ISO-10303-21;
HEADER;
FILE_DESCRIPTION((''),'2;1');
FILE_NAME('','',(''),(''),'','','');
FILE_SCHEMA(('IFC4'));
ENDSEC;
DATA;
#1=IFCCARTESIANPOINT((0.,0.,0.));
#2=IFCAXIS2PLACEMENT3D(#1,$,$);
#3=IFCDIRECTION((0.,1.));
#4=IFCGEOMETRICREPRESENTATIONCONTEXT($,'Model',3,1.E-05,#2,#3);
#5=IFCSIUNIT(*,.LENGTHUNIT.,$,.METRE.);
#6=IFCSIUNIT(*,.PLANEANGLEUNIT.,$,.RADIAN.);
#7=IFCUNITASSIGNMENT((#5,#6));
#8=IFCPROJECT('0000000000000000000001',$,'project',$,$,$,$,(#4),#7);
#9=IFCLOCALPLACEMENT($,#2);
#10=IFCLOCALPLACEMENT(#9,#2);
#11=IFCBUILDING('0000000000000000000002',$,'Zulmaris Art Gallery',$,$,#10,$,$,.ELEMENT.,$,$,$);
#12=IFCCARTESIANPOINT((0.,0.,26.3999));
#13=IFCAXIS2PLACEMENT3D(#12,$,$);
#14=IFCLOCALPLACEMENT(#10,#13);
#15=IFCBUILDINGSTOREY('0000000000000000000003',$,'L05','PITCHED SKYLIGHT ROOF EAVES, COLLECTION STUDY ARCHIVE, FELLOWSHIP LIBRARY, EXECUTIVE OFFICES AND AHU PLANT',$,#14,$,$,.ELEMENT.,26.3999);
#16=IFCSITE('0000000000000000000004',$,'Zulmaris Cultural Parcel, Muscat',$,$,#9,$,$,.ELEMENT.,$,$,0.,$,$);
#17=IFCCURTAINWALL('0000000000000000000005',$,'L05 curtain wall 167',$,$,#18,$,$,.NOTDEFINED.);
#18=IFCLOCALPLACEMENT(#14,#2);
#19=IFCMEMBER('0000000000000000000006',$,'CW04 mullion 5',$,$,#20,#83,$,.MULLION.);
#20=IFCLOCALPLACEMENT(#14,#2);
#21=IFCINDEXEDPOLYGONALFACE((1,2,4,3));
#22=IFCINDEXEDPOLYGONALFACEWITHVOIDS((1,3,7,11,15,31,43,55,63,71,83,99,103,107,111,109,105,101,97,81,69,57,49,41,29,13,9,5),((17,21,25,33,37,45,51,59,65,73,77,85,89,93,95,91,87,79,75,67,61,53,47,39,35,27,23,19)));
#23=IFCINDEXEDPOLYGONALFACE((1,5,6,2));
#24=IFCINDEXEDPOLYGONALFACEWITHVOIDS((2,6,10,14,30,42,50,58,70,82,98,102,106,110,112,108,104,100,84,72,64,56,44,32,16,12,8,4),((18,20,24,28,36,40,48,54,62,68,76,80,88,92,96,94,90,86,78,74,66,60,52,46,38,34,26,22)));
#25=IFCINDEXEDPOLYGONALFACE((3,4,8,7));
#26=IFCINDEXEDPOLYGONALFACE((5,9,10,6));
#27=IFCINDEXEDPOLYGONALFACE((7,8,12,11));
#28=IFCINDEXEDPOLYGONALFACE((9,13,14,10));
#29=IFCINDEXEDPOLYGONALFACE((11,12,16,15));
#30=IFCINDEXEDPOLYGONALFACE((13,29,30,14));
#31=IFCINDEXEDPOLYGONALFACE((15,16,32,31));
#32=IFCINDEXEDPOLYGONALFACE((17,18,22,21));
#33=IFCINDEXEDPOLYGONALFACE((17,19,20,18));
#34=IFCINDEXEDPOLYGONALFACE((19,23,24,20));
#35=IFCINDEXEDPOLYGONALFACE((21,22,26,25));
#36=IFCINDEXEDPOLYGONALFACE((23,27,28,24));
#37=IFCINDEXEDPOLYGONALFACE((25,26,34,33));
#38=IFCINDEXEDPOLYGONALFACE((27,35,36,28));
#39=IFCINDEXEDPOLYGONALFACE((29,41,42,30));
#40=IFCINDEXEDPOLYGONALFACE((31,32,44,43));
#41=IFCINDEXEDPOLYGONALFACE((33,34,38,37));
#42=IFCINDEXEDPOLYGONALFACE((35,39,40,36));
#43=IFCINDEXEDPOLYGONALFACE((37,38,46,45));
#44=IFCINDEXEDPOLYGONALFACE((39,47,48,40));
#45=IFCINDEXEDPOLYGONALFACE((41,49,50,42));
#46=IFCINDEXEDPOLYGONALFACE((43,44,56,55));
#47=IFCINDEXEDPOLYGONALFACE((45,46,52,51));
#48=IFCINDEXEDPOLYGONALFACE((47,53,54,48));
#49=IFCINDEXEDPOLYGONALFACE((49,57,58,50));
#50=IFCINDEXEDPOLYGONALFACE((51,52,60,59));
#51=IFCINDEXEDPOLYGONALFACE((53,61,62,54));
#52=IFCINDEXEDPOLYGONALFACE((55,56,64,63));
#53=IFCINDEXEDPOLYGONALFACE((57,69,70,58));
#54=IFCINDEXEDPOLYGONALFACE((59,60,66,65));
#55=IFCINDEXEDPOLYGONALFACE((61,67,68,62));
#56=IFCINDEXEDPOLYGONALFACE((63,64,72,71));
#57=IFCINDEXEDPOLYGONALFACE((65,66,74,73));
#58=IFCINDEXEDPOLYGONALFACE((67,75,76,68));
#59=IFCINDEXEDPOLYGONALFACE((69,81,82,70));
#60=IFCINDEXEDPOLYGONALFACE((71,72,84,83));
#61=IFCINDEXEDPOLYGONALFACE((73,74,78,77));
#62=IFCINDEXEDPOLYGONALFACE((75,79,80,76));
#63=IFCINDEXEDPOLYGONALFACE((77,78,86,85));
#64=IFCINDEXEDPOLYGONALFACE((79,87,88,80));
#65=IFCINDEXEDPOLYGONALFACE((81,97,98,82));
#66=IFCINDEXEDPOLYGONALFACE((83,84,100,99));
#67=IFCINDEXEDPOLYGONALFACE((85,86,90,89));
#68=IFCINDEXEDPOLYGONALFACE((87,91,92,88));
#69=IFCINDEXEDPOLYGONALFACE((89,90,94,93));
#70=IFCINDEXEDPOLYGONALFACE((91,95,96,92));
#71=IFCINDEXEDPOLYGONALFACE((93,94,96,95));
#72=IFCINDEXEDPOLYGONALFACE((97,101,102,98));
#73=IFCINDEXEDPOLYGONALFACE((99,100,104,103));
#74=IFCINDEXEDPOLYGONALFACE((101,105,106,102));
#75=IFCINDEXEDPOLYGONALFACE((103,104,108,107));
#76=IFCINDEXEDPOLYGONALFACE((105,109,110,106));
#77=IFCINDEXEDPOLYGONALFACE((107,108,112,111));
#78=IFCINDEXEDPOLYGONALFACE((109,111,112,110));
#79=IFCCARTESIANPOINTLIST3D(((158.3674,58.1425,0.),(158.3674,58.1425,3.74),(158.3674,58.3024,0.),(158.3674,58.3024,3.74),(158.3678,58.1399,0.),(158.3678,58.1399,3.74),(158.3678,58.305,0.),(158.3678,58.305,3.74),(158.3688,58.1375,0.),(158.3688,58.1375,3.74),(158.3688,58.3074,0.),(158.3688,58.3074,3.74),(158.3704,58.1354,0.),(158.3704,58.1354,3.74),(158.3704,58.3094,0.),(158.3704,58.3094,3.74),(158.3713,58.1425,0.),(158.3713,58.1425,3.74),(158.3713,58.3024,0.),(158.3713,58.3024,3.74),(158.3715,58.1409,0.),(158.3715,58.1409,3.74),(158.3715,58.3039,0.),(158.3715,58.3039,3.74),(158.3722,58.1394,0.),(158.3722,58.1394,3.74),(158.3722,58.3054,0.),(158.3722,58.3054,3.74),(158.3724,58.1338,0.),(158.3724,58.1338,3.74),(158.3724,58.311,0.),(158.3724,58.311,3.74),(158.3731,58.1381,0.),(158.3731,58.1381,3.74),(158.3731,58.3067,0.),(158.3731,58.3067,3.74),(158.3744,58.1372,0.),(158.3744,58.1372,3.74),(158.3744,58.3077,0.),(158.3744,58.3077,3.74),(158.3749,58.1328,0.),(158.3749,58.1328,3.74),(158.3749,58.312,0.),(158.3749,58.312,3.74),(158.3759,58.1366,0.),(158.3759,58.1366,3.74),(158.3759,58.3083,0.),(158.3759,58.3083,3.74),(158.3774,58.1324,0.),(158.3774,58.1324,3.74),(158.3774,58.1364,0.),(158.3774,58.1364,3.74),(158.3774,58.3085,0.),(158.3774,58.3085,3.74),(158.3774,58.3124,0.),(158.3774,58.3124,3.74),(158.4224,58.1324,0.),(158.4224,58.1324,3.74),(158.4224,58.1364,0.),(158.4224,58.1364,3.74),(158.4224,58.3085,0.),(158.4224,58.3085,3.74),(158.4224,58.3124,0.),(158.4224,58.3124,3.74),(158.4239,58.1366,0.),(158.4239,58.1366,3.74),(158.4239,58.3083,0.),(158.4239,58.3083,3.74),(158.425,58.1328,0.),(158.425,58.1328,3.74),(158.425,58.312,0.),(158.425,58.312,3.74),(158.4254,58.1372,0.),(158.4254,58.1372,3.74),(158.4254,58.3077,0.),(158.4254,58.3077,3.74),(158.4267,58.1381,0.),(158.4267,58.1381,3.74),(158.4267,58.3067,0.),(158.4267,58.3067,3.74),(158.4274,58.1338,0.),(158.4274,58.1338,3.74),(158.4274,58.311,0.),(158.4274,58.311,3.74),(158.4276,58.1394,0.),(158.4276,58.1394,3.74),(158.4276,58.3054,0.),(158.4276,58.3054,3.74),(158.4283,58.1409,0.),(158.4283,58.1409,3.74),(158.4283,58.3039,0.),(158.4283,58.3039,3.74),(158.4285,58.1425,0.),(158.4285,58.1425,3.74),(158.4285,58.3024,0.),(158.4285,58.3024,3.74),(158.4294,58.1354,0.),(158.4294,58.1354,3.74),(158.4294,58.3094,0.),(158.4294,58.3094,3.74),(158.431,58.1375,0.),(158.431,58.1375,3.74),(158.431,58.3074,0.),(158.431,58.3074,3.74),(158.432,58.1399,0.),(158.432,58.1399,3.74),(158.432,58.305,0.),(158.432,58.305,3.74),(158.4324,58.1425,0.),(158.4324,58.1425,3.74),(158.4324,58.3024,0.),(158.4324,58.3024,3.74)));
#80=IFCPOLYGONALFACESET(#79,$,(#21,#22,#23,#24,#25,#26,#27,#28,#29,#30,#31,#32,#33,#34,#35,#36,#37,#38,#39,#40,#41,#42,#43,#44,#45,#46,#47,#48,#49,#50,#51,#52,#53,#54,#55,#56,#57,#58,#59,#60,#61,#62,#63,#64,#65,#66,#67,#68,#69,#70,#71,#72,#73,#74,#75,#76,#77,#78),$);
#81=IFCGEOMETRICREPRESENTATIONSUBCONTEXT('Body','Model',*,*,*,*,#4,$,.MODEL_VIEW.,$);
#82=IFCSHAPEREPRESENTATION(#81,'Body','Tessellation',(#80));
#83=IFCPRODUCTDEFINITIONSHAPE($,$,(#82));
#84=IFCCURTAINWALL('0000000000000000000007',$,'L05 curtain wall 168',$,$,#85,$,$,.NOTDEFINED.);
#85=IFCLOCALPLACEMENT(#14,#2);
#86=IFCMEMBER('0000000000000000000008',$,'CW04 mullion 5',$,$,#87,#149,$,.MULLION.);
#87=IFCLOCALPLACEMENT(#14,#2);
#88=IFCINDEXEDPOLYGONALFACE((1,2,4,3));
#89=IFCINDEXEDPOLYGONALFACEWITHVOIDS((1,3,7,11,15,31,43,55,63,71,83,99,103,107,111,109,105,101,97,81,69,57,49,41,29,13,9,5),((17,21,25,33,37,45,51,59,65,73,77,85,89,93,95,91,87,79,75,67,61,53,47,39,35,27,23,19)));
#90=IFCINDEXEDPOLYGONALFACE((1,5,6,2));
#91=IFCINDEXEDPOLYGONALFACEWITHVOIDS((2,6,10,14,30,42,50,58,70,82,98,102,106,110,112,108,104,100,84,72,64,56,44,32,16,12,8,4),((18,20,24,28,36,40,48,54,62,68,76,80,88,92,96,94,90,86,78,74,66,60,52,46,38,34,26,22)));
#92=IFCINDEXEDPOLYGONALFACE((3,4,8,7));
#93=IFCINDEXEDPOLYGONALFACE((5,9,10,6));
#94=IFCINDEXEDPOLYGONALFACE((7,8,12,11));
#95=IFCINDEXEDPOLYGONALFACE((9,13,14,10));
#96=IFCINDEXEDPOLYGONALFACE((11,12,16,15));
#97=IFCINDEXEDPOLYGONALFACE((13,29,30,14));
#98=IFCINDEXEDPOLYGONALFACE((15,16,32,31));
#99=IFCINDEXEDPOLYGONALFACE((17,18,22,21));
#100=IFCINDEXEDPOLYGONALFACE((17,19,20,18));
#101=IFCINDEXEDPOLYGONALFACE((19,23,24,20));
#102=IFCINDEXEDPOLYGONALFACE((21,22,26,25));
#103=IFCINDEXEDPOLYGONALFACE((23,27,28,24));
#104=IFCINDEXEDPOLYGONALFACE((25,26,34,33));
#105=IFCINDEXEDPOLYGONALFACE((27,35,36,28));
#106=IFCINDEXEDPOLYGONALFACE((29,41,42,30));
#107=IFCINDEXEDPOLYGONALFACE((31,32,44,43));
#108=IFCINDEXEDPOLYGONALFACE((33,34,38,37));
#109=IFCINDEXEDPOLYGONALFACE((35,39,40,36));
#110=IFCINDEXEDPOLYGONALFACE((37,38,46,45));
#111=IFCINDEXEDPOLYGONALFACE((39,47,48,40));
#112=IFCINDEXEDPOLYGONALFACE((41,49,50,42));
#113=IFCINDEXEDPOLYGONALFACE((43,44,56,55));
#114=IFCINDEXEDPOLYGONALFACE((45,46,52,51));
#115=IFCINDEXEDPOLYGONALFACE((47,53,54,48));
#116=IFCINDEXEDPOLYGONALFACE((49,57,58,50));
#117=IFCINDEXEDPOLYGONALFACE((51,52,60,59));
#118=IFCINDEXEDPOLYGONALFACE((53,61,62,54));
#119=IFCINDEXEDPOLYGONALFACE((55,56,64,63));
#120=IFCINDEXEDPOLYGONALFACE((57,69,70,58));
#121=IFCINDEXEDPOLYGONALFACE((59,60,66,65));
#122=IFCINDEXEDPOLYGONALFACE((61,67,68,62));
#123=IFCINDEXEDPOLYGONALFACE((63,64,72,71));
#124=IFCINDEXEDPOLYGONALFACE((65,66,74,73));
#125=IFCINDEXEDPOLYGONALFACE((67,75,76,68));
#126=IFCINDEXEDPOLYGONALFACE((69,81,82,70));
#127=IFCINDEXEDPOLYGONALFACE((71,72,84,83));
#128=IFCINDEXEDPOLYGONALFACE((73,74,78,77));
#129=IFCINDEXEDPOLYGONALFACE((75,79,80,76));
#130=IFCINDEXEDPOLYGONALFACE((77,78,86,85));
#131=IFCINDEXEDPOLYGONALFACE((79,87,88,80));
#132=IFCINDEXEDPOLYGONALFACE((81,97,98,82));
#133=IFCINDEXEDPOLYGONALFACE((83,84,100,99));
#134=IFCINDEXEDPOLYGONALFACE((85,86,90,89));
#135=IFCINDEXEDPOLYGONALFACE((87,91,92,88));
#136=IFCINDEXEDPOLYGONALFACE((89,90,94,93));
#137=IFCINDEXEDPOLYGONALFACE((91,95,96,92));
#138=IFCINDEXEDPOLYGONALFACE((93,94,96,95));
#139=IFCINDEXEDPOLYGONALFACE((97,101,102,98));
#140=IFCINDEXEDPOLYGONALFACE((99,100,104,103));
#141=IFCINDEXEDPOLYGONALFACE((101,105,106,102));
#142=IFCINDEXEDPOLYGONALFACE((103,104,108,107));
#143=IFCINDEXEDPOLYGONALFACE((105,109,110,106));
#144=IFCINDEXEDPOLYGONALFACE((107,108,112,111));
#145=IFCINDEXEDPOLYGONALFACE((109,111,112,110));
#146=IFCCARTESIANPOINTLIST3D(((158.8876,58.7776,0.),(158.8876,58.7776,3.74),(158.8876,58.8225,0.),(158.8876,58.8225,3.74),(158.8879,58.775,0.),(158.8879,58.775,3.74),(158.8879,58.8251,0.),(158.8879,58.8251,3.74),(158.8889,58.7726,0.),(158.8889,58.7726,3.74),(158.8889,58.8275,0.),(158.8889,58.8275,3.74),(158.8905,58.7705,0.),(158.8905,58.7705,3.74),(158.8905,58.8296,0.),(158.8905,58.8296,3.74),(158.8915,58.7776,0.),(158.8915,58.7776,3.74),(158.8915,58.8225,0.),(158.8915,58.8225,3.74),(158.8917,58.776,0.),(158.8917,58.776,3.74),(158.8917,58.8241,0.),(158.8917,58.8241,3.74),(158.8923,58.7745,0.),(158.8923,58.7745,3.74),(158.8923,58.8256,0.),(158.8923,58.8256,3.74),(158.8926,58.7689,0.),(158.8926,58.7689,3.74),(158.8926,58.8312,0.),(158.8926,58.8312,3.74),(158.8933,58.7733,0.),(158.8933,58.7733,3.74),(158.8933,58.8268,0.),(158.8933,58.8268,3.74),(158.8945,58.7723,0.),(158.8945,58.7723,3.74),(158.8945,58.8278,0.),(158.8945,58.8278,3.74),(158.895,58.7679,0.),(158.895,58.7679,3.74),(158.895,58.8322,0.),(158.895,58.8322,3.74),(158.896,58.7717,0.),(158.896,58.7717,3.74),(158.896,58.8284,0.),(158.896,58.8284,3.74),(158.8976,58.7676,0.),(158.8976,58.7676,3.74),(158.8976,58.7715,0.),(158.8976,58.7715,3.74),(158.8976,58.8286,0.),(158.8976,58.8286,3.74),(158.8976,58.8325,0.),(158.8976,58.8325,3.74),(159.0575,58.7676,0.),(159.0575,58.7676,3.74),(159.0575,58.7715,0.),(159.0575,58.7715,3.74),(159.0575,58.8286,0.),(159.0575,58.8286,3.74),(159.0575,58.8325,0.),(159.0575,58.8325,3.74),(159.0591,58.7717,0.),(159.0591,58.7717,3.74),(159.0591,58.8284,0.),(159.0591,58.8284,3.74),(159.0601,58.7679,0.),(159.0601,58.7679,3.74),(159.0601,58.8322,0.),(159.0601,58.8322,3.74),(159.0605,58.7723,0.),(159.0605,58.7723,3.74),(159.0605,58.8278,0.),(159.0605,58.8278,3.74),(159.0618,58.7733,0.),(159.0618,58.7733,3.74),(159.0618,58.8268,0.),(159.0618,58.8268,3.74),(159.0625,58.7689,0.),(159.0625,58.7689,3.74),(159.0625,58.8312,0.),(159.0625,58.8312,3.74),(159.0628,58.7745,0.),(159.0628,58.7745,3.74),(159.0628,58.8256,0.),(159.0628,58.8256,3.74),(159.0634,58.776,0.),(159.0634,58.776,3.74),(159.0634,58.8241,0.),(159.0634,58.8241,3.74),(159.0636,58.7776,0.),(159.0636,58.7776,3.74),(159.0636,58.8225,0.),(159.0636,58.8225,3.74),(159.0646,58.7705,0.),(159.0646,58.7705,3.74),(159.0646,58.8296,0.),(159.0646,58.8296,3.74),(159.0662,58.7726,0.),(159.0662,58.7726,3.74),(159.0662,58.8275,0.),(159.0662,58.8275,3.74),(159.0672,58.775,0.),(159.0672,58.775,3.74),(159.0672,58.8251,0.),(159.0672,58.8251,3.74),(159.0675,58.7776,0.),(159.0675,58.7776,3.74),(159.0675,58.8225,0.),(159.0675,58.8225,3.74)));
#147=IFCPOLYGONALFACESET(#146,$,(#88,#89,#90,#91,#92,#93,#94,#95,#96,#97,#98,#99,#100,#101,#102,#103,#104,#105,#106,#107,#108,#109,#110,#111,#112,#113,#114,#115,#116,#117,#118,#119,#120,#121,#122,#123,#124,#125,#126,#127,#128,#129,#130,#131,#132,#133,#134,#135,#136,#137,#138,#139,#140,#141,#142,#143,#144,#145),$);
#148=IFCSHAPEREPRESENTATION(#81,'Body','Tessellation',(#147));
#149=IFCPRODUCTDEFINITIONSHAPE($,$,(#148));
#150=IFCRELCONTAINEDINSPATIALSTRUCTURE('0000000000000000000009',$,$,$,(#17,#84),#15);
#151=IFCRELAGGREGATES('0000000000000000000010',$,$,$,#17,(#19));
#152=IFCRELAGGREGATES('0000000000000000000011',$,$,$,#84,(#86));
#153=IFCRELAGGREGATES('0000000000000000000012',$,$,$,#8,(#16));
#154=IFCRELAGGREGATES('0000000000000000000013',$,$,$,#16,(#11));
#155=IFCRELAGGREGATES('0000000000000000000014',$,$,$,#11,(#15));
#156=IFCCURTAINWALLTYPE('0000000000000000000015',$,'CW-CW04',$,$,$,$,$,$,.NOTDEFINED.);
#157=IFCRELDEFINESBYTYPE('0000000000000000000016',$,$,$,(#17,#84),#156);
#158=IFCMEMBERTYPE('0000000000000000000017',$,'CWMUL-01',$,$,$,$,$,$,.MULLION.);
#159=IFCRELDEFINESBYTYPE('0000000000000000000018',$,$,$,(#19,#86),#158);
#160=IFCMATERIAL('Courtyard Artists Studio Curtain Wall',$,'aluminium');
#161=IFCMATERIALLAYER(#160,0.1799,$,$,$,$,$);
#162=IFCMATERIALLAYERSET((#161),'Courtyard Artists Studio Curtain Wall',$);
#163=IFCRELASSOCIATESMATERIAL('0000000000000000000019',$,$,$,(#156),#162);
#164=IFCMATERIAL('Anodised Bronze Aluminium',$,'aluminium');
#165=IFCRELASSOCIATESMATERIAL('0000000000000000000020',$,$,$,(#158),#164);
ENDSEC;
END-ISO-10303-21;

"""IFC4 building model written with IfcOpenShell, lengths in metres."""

from ifc_helpers import new_model, si_unit, direction, frame, origin, origin_2d, place, context, subcontext, project, spatial, hollow_rectangle, extrude, material, layer, layer_set, material_profile, profile_set, type_object, element, aggregate, save


model = new_model("IFC4")

# Units and contexts
model_context = context("Model", 3, precision=1e-05, world=origin(), true_north=direction((0.0, 1.0)))
body_context = subcontext(model_context, "Body", "Model", "MODEL_VIEW")
ifc_project = project(units=[si_unit("LENGTHUNIT", "METRE"), si_unit("PLANEANGLEUNIT", "RADIAN")], contexts=[model_context])

# Site, building, storey
site_placement = place(None, origin())
site = spatial("IfcSite", under=ifc_project, at=site_placement, Name="Zulmaris Cultural Parcel, Muscat", CompositionType="ELEMENT", RefElevation=0.0)
building_placement = place(site_placement, origin())
building = spatial("IfcBuilding", under=site, at=building_placement, Name="Zulmaris Art Gallery", CompositionType="ELEMENT")
storey_placement = place(building_placement, frame((0.0, 0.0, 26.3999)))
storey = spatial("IfcBuildingStorey", under=building, at=storey_placement, Name="L05", Description="PITCHED SKYLIGHT ROOF EAVES, COLLECTION STUDY ARCHIVE, FELLOWSHIP LIBRARY, EXECUTIVE OFFICES AND AHU PLANT", CompositionType="ELEMENT", Elevation=26.3999)

# Curtain wall, member
ifc_material_1 = material(Name="Courtyard Artists Studio Curtain Wall", Category="aluminium")
ifc_layer_1 = layer(ifc_material_1, 0.1799)
ifc_layer_set_1 = layer_set([ifc_layer_1], Name="Courtyard Artists Studio Curtain Wall")
curtain_wall_type = type_object("IfcCurtainWallType", Name="CW-CW04", PredefinedType="NOTDEFINED", material=ifc_layer_set_1)
curtain_wall_1_placement = place(storey_placement, origin())
curtain_wall_1 = element("IfcCurtainWall", 1, at=curtain_wall_1_placement, inside=storey, type_object=curtain_wall_type, Name="L05 curtain wall 167", PredefinedType="NOTDEFINED")
ifc_material_2 = material(Name="Anodised Bronze Aluminium", Category="aluminium")
ifc_material_profile_1 = material_profile(ifc_material_2, hollow_rectangle(XDim=0.0649, YDim=0.1799, WallThickness=0.0039, InnerFilletRadius=0.0061, OuterFilletRadius=0.01, at=origin_2d()), Name="ALU 65x180x4")
ifc_profile_set_1 = profile_set([ifc_material_profile_1], Name="Anodised Bronze Aluminium")
member_type_1 = type_object("IfcMemberType", Name="CWMUL-01", PredefinedType="MULLION", material=ifc_profile_set_1)
member_1_placement = place(storey_placement, frame((158.3999, 58.2224, 0.0), z_axis=(0.0, 0.0, 1.0), x_axis=(-1.0, 0.0, 0.0)))
member_1 = element("IfcMember", 2, at=member_1_placement, type_object=member_type_1, Name="CW04 mullion 5", PredefinedType="MULLION", context=body_context, shape_type="SweptSolid", body=[
    extrude(hollow_rectangle(XDim=0.0649, YDim=0.1799, WallThickness=0.0039, InnerFilletRadius=0.0061, OuterFilletRadius=0.01, at=origin_2d()), origin(), (0.0, 0.0, 1.0), 3.74),
])

# Curtain wall, member
curtain_wall_2_placement = place(storey_placement, origin())
curtain_wall_2 = element("IfcCurtainWall", 3, at=curtain_wall_2_placement, inside=storey, type_object=curtain_wall_type, Name="L05 curtain wall 168", PredefinedType="NOTDEFINED")
member_2_placement = place(storey_placement, frame((158.9775, 58.8, 0.0), z_axis=(0.0, 0.0, 1.0), x_axis=(0.0, -1.0, 0.0)))
member_2 = element("IfcMember", 4, at=member_2_placement, type_object=member_type_1, Name="CW04 mullion 5", PredefinedType="MULLION", context=body_context, shape_type="SweptSolid", body=[
    extrude(hollow_rectangle(XDim=0.0649, YDim=0.1799, WallThickness=0.0039, InnerFilletRadius=0.0061, OuterFilletRadius=0.01, at=origin_2d()), origin(), (0.0, 0.0, 1.0), 3.74),
])

aggregate(curtain_wall_1, [member_1])
aggregate(curtain_wall_2, [member_2])

save(model, "model.ifc")
